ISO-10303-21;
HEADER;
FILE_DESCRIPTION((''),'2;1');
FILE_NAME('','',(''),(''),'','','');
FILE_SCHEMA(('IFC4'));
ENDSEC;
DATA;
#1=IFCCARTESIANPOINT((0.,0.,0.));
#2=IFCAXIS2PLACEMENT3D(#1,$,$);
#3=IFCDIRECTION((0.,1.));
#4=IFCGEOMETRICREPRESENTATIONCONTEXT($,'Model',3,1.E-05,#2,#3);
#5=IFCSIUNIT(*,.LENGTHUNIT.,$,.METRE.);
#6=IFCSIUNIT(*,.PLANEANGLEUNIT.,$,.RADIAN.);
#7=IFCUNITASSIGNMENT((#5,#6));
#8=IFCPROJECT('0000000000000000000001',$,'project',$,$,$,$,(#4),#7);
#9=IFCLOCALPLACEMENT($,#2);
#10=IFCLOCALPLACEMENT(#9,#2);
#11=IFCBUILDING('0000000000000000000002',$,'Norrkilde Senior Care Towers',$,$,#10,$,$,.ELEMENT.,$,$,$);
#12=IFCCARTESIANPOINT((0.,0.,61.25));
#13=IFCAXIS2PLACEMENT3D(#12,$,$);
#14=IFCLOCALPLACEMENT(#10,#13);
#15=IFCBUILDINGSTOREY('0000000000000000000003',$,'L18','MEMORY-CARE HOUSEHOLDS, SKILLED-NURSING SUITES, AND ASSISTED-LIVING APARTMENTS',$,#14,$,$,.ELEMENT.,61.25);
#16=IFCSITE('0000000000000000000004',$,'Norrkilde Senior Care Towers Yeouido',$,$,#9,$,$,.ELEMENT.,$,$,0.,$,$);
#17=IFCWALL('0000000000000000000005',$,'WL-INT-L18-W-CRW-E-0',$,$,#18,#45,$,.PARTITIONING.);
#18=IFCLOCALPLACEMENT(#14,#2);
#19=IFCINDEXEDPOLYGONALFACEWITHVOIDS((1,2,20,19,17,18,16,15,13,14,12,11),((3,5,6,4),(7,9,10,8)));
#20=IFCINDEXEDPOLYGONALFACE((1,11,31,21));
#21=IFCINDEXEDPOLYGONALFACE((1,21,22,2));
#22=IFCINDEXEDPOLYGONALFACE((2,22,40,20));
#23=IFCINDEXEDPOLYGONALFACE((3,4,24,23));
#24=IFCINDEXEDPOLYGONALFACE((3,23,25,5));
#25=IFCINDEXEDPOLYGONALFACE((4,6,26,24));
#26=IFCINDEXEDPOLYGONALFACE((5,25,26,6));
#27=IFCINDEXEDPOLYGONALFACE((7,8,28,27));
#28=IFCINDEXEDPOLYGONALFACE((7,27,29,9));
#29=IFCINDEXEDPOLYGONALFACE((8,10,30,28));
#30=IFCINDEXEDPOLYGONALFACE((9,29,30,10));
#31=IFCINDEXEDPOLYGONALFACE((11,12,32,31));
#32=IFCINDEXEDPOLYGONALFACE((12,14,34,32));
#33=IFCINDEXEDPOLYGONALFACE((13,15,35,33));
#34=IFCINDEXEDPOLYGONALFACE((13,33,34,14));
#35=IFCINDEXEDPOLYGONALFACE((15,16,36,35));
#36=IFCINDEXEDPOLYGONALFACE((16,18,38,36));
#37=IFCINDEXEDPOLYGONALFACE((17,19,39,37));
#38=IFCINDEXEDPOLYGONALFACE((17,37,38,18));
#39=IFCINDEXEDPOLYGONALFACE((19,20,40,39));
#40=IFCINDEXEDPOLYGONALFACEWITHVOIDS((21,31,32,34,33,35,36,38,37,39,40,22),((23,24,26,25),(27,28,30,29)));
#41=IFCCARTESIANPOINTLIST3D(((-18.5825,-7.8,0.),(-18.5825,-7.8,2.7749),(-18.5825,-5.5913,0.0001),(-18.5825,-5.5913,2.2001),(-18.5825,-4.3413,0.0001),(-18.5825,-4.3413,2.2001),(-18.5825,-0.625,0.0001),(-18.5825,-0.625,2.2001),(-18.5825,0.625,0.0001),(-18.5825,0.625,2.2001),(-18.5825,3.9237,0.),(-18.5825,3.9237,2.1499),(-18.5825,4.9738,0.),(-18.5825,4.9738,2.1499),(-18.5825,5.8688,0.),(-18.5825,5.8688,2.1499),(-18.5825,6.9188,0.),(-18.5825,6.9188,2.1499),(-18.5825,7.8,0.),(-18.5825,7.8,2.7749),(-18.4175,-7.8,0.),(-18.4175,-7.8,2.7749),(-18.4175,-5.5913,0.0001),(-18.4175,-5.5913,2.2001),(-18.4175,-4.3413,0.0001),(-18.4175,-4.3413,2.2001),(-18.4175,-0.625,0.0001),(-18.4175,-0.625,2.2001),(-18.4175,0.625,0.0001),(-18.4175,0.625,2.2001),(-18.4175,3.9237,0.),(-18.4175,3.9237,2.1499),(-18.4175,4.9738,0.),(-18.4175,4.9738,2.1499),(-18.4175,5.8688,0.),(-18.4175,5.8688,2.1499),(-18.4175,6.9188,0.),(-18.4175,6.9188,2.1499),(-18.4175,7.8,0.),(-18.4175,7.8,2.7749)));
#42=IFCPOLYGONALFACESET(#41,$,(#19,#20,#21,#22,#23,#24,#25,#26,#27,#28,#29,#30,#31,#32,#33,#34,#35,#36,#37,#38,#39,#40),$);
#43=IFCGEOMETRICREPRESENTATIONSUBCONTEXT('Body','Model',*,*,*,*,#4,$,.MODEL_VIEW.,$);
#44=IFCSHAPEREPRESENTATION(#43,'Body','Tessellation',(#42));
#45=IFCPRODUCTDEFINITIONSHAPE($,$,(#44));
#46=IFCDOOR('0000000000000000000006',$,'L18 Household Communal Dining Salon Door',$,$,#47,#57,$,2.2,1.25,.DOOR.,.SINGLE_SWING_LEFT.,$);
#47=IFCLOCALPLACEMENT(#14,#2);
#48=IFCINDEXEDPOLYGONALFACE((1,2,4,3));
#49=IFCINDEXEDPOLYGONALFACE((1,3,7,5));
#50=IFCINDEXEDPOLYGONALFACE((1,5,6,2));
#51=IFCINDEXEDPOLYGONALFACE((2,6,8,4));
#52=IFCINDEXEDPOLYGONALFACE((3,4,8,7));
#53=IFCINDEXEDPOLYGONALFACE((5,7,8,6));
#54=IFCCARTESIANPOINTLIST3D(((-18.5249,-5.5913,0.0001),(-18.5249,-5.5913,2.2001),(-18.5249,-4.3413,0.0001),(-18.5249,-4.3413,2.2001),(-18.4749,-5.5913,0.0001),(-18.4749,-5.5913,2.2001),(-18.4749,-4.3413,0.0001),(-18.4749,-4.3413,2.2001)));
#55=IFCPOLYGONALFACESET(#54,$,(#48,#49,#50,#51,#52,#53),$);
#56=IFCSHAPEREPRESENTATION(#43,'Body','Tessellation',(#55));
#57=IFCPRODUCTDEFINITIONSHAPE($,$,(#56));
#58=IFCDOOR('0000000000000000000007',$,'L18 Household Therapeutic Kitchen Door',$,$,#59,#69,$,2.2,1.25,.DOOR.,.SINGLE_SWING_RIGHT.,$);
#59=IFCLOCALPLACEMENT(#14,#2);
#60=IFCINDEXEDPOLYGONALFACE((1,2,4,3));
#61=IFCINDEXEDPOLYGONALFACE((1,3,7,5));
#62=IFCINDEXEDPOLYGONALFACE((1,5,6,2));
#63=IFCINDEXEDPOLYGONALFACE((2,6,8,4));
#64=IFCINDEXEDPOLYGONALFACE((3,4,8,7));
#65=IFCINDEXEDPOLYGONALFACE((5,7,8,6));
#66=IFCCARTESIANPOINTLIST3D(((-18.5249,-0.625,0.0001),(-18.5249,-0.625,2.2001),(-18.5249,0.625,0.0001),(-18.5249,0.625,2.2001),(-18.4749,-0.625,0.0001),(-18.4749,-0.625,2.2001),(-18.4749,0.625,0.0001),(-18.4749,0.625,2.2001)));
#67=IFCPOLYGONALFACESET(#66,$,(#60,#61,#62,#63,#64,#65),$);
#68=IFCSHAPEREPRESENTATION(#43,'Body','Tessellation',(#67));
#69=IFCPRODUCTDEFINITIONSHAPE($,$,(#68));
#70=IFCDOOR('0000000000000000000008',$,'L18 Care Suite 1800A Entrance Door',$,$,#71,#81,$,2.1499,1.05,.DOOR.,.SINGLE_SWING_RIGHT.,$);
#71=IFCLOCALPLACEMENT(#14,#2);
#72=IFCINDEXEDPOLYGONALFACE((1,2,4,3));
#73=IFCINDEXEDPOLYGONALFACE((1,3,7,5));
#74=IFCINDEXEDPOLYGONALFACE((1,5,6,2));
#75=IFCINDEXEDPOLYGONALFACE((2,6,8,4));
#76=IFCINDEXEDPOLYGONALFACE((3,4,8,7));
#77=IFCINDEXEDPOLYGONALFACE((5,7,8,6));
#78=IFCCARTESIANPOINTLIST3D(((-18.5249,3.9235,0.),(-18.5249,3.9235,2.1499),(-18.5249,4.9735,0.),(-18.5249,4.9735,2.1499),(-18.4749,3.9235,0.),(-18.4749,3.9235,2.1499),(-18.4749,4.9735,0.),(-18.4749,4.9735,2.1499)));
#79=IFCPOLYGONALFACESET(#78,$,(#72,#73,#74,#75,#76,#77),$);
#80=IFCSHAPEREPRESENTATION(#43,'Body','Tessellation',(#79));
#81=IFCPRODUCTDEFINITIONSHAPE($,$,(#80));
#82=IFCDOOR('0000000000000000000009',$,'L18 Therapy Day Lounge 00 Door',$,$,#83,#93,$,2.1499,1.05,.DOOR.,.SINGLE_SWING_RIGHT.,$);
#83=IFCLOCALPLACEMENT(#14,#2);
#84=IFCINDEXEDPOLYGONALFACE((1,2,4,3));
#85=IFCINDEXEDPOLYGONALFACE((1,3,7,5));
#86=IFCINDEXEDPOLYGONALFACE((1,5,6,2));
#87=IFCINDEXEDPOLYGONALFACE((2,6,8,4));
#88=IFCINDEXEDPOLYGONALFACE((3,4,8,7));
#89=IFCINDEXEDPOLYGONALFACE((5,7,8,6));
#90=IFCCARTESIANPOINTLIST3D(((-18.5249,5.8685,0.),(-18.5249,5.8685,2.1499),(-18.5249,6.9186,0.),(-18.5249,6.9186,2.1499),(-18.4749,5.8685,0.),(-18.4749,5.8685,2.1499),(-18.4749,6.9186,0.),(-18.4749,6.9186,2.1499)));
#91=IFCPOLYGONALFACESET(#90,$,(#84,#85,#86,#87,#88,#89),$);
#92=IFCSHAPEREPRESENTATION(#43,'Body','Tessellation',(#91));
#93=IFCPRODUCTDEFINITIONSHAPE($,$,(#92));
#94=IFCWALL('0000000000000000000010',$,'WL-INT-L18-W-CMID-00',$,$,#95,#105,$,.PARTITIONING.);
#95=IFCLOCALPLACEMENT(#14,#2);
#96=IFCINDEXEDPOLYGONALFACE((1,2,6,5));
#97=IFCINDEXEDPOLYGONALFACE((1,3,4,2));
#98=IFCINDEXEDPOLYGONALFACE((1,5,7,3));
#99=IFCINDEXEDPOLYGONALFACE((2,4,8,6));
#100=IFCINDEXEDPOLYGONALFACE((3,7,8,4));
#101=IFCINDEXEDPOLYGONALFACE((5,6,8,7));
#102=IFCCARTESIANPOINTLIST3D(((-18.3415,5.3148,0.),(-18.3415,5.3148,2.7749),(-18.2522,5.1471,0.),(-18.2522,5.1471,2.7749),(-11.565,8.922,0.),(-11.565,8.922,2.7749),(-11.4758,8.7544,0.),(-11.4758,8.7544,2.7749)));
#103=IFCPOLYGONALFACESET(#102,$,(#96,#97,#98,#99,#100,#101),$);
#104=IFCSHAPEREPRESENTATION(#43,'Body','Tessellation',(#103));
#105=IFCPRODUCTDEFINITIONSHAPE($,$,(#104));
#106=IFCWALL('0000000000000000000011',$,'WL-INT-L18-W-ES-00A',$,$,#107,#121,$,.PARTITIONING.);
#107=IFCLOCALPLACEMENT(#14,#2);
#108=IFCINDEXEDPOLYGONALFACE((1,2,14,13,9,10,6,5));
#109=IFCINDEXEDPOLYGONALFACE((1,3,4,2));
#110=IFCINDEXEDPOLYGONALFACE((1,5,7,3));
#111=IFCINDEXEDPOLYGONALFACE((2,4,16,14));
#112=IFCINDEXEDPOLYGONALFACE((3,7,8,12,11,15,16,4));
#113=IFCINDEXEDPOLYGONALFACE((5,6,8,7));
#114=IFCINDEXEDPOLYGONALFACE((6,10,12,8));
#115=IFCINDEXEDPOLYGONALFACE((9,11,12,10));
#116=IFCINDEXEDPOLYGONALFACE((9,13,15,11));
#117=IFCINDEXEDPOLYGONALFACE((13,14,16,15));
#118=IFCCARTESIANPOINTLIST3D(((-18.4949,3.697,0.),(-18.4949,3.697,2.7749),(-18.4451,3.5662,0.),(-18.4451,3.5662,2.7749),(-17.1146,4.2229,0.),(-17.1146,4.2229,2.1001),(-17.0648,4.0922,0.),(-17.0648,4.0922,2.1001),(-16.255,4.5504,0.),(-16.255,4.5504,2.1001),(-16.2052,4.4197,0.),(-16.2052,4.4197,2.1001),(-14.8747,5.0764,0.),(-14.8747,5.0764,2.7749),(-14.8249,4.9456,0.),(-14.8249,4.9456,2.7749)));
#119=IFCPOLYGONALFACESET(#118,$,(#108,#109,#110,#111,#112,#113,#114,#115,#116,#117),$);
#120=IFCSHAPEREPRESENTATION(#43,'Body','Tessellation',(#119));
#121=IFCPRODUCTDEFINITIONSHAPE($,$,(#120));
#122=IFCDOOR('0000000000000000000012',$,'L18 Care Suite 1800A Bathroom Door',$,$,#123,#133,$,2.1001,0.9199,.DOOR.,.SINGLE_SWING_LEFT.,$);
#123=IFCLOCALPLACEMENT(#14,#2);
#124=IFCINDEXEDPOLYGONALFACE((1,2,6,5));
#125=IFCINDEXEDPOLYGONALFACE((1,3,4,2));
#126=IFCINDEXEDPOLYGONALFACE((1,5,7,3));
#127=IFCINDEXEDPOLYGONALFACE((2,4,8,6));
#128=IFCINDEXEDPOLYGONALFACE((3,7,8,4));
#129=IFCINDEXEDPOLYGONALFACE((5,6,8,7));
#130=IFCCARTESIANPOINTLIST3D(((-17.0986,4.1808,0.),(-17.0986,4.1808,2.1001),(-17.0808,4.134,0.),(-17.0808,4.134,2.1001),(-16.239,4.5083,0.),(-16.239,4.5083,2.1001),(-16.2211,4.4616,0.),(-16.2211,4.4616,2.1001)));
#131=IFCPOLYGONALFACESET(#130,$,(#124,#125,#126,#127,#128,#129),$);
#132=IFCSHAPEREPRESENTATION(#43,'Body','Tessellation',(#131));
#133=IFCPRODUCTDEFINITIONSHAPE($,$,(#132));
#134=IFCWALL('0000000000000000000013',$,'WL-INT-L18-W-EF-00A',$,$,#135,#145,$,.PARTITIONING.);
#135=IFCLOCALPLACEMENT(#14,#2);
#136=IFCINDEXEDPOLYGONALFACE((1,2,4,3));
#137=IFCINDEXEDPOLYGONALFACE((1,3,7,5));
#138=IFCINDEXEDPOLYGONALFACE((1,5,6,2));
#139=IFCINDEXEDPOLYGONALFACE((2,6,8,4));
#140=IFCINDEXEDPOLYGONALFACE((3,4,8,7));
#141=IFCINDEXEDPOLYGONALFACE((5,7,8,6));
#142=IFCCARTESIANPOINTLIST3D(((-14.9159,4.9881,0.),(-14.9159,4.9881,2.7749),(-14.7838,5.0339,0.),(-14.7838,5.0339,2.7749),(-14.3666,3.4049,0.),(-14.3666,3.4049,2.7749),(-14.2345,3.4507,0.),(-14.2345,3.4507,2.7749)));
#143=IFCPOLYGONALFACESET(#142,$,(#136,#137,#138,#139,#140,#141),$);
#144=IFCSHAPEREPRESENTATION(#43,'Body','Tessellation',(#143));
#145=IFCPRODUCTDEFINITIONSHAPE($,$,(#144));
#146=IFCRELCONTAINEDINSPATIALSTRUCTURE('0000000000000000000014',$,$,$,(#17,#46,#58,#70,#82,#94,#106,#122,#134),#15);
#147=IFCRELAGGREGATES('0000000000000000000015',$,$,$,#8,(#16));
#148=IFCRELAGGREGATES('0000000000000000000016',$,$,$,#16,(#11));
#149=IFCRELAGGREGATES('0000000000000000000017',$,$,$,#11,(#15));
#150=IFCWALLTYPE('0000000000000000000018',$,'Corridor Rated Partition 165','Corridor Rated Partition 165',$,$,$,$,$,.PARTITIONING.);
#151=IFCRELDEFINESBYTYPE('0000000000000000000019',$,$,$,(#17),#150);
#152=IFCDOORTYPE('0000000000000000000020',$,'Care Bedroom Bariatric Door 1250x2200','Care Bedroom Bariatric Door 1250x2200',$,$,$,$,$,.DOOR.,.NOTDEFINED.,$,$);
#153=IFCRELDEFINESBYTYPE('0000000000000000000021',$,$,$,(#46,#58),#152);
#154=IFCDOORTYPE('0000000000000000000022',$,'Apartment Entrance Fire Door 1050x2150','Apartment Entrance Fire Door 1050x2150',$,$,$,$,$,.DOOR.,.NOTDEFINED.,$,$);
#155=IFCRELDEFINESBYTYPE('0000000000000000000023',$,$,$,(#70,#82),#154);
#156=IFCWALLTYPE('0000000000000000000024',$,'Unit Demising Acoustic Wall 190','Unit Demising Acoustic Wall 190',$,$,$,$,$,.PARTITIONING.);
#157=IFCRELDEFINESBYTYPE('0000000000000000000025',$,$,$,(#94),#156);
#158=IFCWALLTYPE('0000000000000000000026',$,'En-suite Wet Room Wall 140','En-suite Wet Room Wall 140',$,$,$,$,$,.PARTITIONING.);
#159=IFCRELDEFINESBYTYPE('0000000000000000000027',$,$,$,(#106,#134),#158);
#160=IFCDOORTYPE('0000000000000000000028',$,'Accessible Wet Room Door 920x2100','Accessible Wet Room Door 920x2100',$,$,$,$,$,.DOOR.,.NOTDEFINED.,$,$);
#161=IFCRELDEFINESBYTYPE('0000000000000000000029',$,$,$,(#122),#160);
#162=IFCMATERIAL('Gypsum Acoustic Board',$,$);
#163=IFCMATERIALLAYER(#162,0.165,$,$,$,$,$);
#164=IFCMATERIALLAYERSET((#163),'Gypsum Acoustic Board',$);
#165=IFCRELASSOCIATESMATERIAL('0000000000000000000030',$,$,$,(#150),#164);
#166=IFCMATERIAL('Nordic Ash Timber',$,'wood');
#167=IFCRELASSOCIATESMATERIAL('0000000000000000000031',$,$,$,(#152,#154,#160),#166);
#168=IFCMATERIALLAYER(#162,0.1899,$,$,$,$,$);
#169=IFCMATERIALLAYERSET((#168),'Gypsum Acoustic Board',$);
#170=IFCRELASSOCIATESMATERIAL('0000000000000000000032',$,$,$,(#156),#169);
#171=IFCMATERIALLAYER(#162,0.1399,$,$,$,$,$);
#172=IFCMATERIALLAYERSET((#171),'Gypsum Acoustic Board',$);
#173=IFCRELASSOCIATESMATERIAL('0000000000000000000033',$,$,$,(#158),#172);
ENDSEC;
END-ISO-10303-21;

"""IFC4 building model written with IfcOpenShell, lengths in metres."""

from ifc_helpers import new_model, si_unit, direction, frame, frame_2d, origin, place, context, subcontext, project, spatial, rectangle, extrude, source, transform, mapped, material, layer, layer_set, type_object, type_shapes, element, fill, save


model = new_model("IFC4")

# Units and contexts
model_context = context("Model", 3, precision=1e-05, world=origin(), true_north=direction((0.0, 1.0)))
body_context = subcontext(model_context, "Body", "Model", "MODEL_VIEW")
ifc_project = project(units=[si_unit("LENGTHUNIT", "METRE"), si_unit("PLANEANGLEUNIT", "RADIAN")], contexts=[model_context])

# Site, building, storey
site_placement = place(None, origin())
site = spatial("IfcSite", under=ifc_project, at=site_placement, Name="Norrkilde Senior Care Towers Yeouido", CompositionType="ELEMENT", RefElevation=0.0)
building_placement = place(site_placement, origin())
building = spatial("IfcBuilding", under=site, at=building_placement, Name="Norrkilde Senior Care Towers", CompositionType="ELEMENT")
storey_placement = place(building_placement, frame((0.0, 0.0, 61.25)))
storey = spatial("IfcBuildingStorey", under=building, at=storey_placement, Name="L18", Description="MEMORY-CARE HOUSEHOLDS, SKILLED-NURSING SUITES, AND ASSISTED-LIVING APARTMENTS", CompositionType="ELEMENT", Elevation=61.25)

# Wall, openings, doors
ifc_material_1 = material(Name="Gypsum Acoustic Board")
ifc_layer_1 = layer(ifc_material_1, 0.165)
ifc_layer_set_1 = layer_set([ifc_layer_1], Name="Gypsum Acoustic Board")
wall_type_1 = type_object("IfcWallType", Name="Corridor Rated Partition 165", Description="Corridor Rated Partition 165", PredefinedType="PARTITIONING", material=ifc_layer_set_1)
shared_shape_1 = source(origin(), body_context, "Body", "SweptSolid", [
    extrude(rectangle(XDim=15.6001, YDim=0.165, at=frame_2d((7.8, 0.0))), origin(), (0.0, 0.0, 1.0), 2.7749),
])
type_shapes(wall_type_1, [shared_shape_1])
wall_1_placement = place(storey_placement, frame((-18.5, 7.8, 0.0), z_axis=(0.0, 0.0, 1.0), x_axis=(0.0, -1.0, 0.0)))
wall_1 = element("IfcWall", 1, at=wall_1_placement, inside=storey, type_object=wall_type_1, Name="WL-INT-L18-W-CRW-E-0", PredefinedType="PARTITIONING", context=body_context, shape_type="MappedRepresentation", body=[
    mapped(shared_shape_1, transform((0.0, 0.0, 0.0), x_axis=(1.0, 0.0, 0.0), y_axis=(0.0, 1.0, 0.0), z_axis=(0.0, 0.0, 1.0), scale=1.0)),
])
opening_1_placement = place(wall_1_placement, frame((12.1414, 0.0, 0.0)))
opening_1 = element("IfcOpeningElement", 2, at=opening_1_placement, cuts=wall_1, PredefinedType="OPENING", context=body_context, shape_type="SweptSolid", body=[
    extrude(rectangle(XDim=1.25, YDim=2.2, at=frame_2d((0.625, 1.1001))), frame((0.0, 0.0925, 0.0), z_axis=(0.0, -1.0, 0.0), x_axis=(1.0, 0.0, 0.0)), (0.0, 0.0, 1.0), 0.1851),
])
opening_2_placement = place(wall_1_placement, frame((7.175, 0.0, 0.0)))
opening_2 = element("IfcOpeningElement", 3, at=opening_2_placement, cuts=wall_1, PredefinedType="OPENING", context=body_context, shape_type="SweptSolid", body=[
    extrude(rectangle(XDim=1.25, YDim=2.2, at=frame_2d((0.625, 1.1001))), frame((0.0, 0.0925, 0.0), z_axis=(0.0, -1.0, 0.0), x_axis=(1.0, 0.0, 0.0)), (0.0, 0.0, 1.0), 0.1851),
])
opening_3_placement = place(wall_1_placement, frame((2.8264, 0.0, 0.0)))
opening_3 = element("IfcOpeningElement", 4, at=opening_3_placement, cuts=wall_1, PredefinedType="OPENING", context=body_context, shape_type="SweptSolid", body=[
    extrude(rectangle(XDim=1.05, YDim=2.1499, at=frame_2d((0.5249, 1.075))), frame((0.0, 0.0925, 0.0), z_axis=(0.0, -1.0, 0.0), x_axis=(1.0, 0.0, 0.0)), (0.0, 0.0, 1.0), 0.1851),
])
opening_4_placement = place(wall_1_placement, frame((0.8813, 0.0, 0.0)))
opening_4 = element("IfcOpeningElement", 5, at=opening_4_placement, cuts=wall_1, PredefinedType="OPENING", context=body_context, shape_type="SweptSolid", body=[
    extrude(rectangle(XDim=1.05, YDim=2.1499, at=frame_2d((0.5249, 1.075))), frame((0.0, 0.0925, 0.0), z_axis=(0.0, -1.0, 0.0), x_axis=(1.0, 0.0, 0.0)), (0.0, 0.0, 1.0), 0.1851),
])
ifc_material_2 = material(Name="Nordic Ash Timber", Category="wood")
door_type_1 = type_object("IfcDoorType", Name="Care Bedroom Bariatric Door 1250x2200", Description="Care Bedroom Bariatric Door 1250x2200", OperationType="NOTDEFINED", PredefinedType="DOOR", material=ifc_material_2)
shared_shape_2 = source(origin(), body_context, "Body", "SweptSolid", [
    extrude(rectangle(XDim=1.25, YDim=2.2, at=frame_2d((0.625, 1.1001))), frame((0.0, 0.0249, 0.0), z_axis=(0.0, -1.0, 0.0), x_axis=(1.0, 0.0, 0.0)), (0.0, 0.0, 1.0), 0.05),
])
type_shapes(door_type_1, [shared_shape_2])
door_1_placement = place(opening_1_placement, frame((1.25, 0.0, 0.0), z_axis=(0.0, 0.0, 1.0), x_axis=(-1.0, 0.0, 0.0)))
door_1 = element("IfcDoor", 6, at=door_1_placement, inside=storey, type_object=door_type_1, Name="L18 Household Communal Dining Salon Door", OperationType="SINGLE_SWING_LEFT", OverallHeight=2.2, OverallWidth=1.25, PredefinedType="DOOR", context=body_context, shape_type="MappedRepresentation", body=[
    mapped(shared_shape_2, transform((0.0, 0.0, 0.0), x_axis=(1.0, 0.0, 0.0), y_axis=(0.0, 1.0, 0.0), z_axis=(0.0, 0.0, 1.0), scale=1.0)),
])
fill(opening_1, door_1)
door_2_placement = place(opening_2_placement, frame((1.25, 0.0, 0.0), z_axis=(0.0, 0.0, 1.0), x_axis=(-1.0, 0.0, 0.0)))
door_2 = element("IfcDoor", 7, at=door_2_placement, inside=storey, type_object=door_type_1, Name="L18 Household Therapeutic Kitchen Door", OperationType="SINGLE_SWING_RIGHT", OverallHeight=2.2, OverallWidth=1.25, PredefinedType="DOOR", context=body_context, shape_type="MappedRepresentation", body=[
    mapped(shared_shape_2, transform((0.0, 0.0, 0.0), x_axis=(1.0, 0.0, 0.0), y_axis=(0.0, 1.0, 0.0), z_axis=(0.0, 0.0, 1.0), scale=1.0)),
])
fill(opening_2, door_2)
door_type_2 = type_object("IfcDoorType", Name="Apartment Entrance Fire Door 1050x2150", Description="Apartment Entrance Fire Door 1050x2150", OperationType="NOTDEFINED", PredefinedType="DOOR", material=ifc_material_2)
shared_shape_3 = source(origin(), body_context, "Body", "SweptSolid", [
    extrude(rectangle(XDim=1.05, YDim=2.1499, at=frame_2d((0.5249, 1.075))), frame((0.0, 0.0249, 0.0), z_axis=(0.0, -1.0, 0.0), x_axis=(1.0, 0.0, 0.0)), (0.0, 0.0, 1.0), 0.05),
])
type_shapes(door_type_2, [shared_shape_3])
door_3_placement = place(opening_3_placement, frame((1.05, 0.0, 0.0), z_axis=(0.0, 0.0, 1.0), x_axis=(-1.0, 0.0, 0.0)))
door_3 = element("IfcDoor", 8, at=door_3_placement, inside=storey, type_object=door_type_2, Name="L18 Care Suite 1800A Entrance Door", OperationType="SINGLE_SWING_RIGHT", OverallHeight=2.1499, OverallWidth=1.05, PredefinedType="DOOR", context=body_context, shape_type="MappedRepresentation", body=[
    mapped(shared_shape_3, transform((0.0, 0.0, 0.0), x_axis=(1.0, 0.0, 0.0), y_axis=(0.0, 1.0, 0.0), z_axis=(0.0, 0.0, 1.0), scale=1.0)),
])
fill(opening_3, door_3)
door_4_placement = place(opening_4_placement, frame((1.05, 0.0, 0.0), z_axis=(0.0, 0.0, 1.0), x_axis=(-1.0, 0.0, 0.0)))
door_4 = element("IfcDoor", 9, at=door_4_placement, inside=storey, type_object=door_type_2, Name="L18 Therapy Day Lounge 00 Door", OperationType="SINGLE_SWING_RIGHT", OverallHeight=2.1499, OverallWidth=1.05, PredefinedType="DOOR", context=body_context, shape_type="MappedRepresentation", body=[
    mapped(shared_shape_3, transform((0.0, 0.0, 0.0), x_axis=(1.0, 0.0, 0.0), y_axis=(0.0, 1.0, 0.0), z_axis=(0.0, 0.0, 1.0), scale=1.0)),
])
fill(opening_4, door_4)

# Wall
ifc_layer_2 = layer(ifc_material_1, 0.1899)
ifc_layer_set_2 = layer_set([ifc_layer_2], Name="Gypsum Acoustic Board")
wall_type_2 = type_object("IfcWallType", Name="Unit Demising Acoustic Wall 190", Description="Unit Demising Acoustic Wall 190", PredefinedType="PARTITIONING", material=ifc_layer_set_2)
shared_shape_4 = source(origin(), body_context, "Body", "SweptSolid", [
    extrude(rectangle(XDim=7.6768, YDim=0.1899, at=frame_2d((3.8384, 0.0))), origin(), (0.0, 0.0, 1.0), 2.7749),
])
wall_2_placement = place(storey_placement, frame((-18.2969, 5.231, 0.0), z_axis=(0.0, 0.0, 1.0), x_axis=(0.882725, 0.46989, 0.0)))
element("IfcWall", 10, at=wall_2_placement, inside=storey, type_object=wall_type_2, Name="WL-INT-L18-W-CMID-00", PredefinedType="PARTITIONING", context=body_context, shape_type="MappedRepresentation", body=[
    mapped(shared_shape_4, transform((0.0, 0.0, 0.0), x_axis=(1.0, 0.0, 0.0), y_axis=(0.0, 1.0, 0.0), z_axis=(0.0, 0.0, 1.0), scale=1.0)),
])

# Wall, opening, door
ifc_layer_3 = layer(ifc_material_1, 0.1399)
ifc_layer_set_3 = layer_set([ifc_layer_3], Name="Gypsum Acoustic Board")
wall_type_3 = type_object("IfcWallType", Name="En-suite Wet Room Wall 140", Description="En-suite Wet Room Wall 140", PredefinedType="PARTITIONING", material=ifc_layer_set_3)
shared_shape_5 = source(origin(), body_context, "Body", "SweptSolid", [
    extrude(rectangle(XDim=3.874, YDim=0.1399, at=frame_2d((1.937, 0.0))), origin(), (0.0, 0.0, 1.0), 2.7749),
])
wall_3_placement = place(storey_placement, frame((-18.47, 3.6316, 0.0), z_axis=(0.0, 0.0, 1.0), x_axis=(0.934462, 0.356063, 0.0)))
wall_3 = element("IfcWall", 11, at=wall_3_placement, inside=storey, type_object=wall_type_3, Name="WL-INT-L18-W-ES-00A", PredefinedType="PARTITIONING", context=body_context, shape_type="MappedRepresentation", body=[
    mapped(shared_shape_5, transform((0.0, 0.0, 0.0), x_axis=(1.0, 0.0, 0.0), y_axis=(0.0, 1.0, 0.0), z_axis=(0.0, 0.0, 1.0), scale=1.0)),
])
opening_5_placement = place(wall_3_placement, frame((1.4771, 0.0, 0.0)))
opening_5 = element("IfcOpeningElement", 12, at=opening_5_placement, cuts=wall_3, PredefinedType="OPENING", context=body_context, shape_type="SweptSolid", body=[
    extrude(rectangle(XDim=0.9199, YDim=2.1001, at=frame_2d((0.46, 1.05))), frame((0.0, 0.0798, 0.0), z_axis=(0.0, -1.0, 0.0), x_axis=(1.0, 0.0, 0.0)), (0.0, 0.0, 1.0), 0.1599),
])
door_type_3 = type_object("IfcDoorType", Name="Accessible Wet Room Door 920x2100", Description="Accessible Wet Room Door 920x2100", OperationType="NOTDEFINED", PredefinedType="DOOR", material=ifc_material_2)
shared_shape_6 = source(origin(), body_context, "Body", "SweptSolid", [
    extrude(rectangle(XDim=0.9199, YDim=2.1001, at=frame_2d((0.46, 1.05))), frame((0.0, 0.0249, 0.0), z_axis=(0.0, -1.0, 0.0), x_axis=(1.0, 0.0, 0.0)), (0.0, 0.0, 1.0), 0.05),
])
type_shapes(door_type_3, [shared_shape_6])
door_5_placement = place(opening_5_placement, origin())
door_5 = element("IfcDoor", 13, at=door_5_placement, inside=storey, type_object=door_type_3, Name="L18 Care Suite 1800A Bathroom Door", OperationType="SINGLE_SWING_LEFT", OverallHeight=2.1001, OverallWidth=0.9199, PredefinedType="DOOR", context=body_context, shape_type="MappedRepresentation", body=[
    mapped(shared_shape_6, transform((0.0, 0.0, 0.0), x_axis=(1.0, 0.0, 0.0), y_axis=(0.0, 1.0, 0.0), z_axis=(0.0, 0.0, 1.0), scale=1.0)),
])
fill(opening_5, door_5)

# Wall
shared_shape_7 = source(origin(), body_context, "Body", "SweptSolid", [
    extrude(rectangle(XDim=1.6758, YDim=0.1399, at=frame_2d((0.8379, 0.0))), origin(), (0.0, 0.0, 1.0), 2.7749),
])
wall_4_placement = place(storey_placement, frame((-14.8499, 5.011, 0.0), z_axis=(0.0, 0.0, 1.0), x_axis=(0.327786, -0.944752, 0.0)))
element("IfcWall", 14, at=wall_4_placement, inside=storey, type_object=wall_type_3, Name="WL-INT-L18-W-EF-00A", PredefinedType="PARTITIONING", context=body_context, shape_type="MappedRepresentation", body=[
    mapped(shared_shape_7, transform((0.0, 0.0, 0.0), x_axis=(1.0, 0.0, 0.0), y_axis=(0.0, 1.0, 0.0), z_axis=(0.0, 0.0, 1.0), scale=1.0)),
])

save(model, "model.ifc")
